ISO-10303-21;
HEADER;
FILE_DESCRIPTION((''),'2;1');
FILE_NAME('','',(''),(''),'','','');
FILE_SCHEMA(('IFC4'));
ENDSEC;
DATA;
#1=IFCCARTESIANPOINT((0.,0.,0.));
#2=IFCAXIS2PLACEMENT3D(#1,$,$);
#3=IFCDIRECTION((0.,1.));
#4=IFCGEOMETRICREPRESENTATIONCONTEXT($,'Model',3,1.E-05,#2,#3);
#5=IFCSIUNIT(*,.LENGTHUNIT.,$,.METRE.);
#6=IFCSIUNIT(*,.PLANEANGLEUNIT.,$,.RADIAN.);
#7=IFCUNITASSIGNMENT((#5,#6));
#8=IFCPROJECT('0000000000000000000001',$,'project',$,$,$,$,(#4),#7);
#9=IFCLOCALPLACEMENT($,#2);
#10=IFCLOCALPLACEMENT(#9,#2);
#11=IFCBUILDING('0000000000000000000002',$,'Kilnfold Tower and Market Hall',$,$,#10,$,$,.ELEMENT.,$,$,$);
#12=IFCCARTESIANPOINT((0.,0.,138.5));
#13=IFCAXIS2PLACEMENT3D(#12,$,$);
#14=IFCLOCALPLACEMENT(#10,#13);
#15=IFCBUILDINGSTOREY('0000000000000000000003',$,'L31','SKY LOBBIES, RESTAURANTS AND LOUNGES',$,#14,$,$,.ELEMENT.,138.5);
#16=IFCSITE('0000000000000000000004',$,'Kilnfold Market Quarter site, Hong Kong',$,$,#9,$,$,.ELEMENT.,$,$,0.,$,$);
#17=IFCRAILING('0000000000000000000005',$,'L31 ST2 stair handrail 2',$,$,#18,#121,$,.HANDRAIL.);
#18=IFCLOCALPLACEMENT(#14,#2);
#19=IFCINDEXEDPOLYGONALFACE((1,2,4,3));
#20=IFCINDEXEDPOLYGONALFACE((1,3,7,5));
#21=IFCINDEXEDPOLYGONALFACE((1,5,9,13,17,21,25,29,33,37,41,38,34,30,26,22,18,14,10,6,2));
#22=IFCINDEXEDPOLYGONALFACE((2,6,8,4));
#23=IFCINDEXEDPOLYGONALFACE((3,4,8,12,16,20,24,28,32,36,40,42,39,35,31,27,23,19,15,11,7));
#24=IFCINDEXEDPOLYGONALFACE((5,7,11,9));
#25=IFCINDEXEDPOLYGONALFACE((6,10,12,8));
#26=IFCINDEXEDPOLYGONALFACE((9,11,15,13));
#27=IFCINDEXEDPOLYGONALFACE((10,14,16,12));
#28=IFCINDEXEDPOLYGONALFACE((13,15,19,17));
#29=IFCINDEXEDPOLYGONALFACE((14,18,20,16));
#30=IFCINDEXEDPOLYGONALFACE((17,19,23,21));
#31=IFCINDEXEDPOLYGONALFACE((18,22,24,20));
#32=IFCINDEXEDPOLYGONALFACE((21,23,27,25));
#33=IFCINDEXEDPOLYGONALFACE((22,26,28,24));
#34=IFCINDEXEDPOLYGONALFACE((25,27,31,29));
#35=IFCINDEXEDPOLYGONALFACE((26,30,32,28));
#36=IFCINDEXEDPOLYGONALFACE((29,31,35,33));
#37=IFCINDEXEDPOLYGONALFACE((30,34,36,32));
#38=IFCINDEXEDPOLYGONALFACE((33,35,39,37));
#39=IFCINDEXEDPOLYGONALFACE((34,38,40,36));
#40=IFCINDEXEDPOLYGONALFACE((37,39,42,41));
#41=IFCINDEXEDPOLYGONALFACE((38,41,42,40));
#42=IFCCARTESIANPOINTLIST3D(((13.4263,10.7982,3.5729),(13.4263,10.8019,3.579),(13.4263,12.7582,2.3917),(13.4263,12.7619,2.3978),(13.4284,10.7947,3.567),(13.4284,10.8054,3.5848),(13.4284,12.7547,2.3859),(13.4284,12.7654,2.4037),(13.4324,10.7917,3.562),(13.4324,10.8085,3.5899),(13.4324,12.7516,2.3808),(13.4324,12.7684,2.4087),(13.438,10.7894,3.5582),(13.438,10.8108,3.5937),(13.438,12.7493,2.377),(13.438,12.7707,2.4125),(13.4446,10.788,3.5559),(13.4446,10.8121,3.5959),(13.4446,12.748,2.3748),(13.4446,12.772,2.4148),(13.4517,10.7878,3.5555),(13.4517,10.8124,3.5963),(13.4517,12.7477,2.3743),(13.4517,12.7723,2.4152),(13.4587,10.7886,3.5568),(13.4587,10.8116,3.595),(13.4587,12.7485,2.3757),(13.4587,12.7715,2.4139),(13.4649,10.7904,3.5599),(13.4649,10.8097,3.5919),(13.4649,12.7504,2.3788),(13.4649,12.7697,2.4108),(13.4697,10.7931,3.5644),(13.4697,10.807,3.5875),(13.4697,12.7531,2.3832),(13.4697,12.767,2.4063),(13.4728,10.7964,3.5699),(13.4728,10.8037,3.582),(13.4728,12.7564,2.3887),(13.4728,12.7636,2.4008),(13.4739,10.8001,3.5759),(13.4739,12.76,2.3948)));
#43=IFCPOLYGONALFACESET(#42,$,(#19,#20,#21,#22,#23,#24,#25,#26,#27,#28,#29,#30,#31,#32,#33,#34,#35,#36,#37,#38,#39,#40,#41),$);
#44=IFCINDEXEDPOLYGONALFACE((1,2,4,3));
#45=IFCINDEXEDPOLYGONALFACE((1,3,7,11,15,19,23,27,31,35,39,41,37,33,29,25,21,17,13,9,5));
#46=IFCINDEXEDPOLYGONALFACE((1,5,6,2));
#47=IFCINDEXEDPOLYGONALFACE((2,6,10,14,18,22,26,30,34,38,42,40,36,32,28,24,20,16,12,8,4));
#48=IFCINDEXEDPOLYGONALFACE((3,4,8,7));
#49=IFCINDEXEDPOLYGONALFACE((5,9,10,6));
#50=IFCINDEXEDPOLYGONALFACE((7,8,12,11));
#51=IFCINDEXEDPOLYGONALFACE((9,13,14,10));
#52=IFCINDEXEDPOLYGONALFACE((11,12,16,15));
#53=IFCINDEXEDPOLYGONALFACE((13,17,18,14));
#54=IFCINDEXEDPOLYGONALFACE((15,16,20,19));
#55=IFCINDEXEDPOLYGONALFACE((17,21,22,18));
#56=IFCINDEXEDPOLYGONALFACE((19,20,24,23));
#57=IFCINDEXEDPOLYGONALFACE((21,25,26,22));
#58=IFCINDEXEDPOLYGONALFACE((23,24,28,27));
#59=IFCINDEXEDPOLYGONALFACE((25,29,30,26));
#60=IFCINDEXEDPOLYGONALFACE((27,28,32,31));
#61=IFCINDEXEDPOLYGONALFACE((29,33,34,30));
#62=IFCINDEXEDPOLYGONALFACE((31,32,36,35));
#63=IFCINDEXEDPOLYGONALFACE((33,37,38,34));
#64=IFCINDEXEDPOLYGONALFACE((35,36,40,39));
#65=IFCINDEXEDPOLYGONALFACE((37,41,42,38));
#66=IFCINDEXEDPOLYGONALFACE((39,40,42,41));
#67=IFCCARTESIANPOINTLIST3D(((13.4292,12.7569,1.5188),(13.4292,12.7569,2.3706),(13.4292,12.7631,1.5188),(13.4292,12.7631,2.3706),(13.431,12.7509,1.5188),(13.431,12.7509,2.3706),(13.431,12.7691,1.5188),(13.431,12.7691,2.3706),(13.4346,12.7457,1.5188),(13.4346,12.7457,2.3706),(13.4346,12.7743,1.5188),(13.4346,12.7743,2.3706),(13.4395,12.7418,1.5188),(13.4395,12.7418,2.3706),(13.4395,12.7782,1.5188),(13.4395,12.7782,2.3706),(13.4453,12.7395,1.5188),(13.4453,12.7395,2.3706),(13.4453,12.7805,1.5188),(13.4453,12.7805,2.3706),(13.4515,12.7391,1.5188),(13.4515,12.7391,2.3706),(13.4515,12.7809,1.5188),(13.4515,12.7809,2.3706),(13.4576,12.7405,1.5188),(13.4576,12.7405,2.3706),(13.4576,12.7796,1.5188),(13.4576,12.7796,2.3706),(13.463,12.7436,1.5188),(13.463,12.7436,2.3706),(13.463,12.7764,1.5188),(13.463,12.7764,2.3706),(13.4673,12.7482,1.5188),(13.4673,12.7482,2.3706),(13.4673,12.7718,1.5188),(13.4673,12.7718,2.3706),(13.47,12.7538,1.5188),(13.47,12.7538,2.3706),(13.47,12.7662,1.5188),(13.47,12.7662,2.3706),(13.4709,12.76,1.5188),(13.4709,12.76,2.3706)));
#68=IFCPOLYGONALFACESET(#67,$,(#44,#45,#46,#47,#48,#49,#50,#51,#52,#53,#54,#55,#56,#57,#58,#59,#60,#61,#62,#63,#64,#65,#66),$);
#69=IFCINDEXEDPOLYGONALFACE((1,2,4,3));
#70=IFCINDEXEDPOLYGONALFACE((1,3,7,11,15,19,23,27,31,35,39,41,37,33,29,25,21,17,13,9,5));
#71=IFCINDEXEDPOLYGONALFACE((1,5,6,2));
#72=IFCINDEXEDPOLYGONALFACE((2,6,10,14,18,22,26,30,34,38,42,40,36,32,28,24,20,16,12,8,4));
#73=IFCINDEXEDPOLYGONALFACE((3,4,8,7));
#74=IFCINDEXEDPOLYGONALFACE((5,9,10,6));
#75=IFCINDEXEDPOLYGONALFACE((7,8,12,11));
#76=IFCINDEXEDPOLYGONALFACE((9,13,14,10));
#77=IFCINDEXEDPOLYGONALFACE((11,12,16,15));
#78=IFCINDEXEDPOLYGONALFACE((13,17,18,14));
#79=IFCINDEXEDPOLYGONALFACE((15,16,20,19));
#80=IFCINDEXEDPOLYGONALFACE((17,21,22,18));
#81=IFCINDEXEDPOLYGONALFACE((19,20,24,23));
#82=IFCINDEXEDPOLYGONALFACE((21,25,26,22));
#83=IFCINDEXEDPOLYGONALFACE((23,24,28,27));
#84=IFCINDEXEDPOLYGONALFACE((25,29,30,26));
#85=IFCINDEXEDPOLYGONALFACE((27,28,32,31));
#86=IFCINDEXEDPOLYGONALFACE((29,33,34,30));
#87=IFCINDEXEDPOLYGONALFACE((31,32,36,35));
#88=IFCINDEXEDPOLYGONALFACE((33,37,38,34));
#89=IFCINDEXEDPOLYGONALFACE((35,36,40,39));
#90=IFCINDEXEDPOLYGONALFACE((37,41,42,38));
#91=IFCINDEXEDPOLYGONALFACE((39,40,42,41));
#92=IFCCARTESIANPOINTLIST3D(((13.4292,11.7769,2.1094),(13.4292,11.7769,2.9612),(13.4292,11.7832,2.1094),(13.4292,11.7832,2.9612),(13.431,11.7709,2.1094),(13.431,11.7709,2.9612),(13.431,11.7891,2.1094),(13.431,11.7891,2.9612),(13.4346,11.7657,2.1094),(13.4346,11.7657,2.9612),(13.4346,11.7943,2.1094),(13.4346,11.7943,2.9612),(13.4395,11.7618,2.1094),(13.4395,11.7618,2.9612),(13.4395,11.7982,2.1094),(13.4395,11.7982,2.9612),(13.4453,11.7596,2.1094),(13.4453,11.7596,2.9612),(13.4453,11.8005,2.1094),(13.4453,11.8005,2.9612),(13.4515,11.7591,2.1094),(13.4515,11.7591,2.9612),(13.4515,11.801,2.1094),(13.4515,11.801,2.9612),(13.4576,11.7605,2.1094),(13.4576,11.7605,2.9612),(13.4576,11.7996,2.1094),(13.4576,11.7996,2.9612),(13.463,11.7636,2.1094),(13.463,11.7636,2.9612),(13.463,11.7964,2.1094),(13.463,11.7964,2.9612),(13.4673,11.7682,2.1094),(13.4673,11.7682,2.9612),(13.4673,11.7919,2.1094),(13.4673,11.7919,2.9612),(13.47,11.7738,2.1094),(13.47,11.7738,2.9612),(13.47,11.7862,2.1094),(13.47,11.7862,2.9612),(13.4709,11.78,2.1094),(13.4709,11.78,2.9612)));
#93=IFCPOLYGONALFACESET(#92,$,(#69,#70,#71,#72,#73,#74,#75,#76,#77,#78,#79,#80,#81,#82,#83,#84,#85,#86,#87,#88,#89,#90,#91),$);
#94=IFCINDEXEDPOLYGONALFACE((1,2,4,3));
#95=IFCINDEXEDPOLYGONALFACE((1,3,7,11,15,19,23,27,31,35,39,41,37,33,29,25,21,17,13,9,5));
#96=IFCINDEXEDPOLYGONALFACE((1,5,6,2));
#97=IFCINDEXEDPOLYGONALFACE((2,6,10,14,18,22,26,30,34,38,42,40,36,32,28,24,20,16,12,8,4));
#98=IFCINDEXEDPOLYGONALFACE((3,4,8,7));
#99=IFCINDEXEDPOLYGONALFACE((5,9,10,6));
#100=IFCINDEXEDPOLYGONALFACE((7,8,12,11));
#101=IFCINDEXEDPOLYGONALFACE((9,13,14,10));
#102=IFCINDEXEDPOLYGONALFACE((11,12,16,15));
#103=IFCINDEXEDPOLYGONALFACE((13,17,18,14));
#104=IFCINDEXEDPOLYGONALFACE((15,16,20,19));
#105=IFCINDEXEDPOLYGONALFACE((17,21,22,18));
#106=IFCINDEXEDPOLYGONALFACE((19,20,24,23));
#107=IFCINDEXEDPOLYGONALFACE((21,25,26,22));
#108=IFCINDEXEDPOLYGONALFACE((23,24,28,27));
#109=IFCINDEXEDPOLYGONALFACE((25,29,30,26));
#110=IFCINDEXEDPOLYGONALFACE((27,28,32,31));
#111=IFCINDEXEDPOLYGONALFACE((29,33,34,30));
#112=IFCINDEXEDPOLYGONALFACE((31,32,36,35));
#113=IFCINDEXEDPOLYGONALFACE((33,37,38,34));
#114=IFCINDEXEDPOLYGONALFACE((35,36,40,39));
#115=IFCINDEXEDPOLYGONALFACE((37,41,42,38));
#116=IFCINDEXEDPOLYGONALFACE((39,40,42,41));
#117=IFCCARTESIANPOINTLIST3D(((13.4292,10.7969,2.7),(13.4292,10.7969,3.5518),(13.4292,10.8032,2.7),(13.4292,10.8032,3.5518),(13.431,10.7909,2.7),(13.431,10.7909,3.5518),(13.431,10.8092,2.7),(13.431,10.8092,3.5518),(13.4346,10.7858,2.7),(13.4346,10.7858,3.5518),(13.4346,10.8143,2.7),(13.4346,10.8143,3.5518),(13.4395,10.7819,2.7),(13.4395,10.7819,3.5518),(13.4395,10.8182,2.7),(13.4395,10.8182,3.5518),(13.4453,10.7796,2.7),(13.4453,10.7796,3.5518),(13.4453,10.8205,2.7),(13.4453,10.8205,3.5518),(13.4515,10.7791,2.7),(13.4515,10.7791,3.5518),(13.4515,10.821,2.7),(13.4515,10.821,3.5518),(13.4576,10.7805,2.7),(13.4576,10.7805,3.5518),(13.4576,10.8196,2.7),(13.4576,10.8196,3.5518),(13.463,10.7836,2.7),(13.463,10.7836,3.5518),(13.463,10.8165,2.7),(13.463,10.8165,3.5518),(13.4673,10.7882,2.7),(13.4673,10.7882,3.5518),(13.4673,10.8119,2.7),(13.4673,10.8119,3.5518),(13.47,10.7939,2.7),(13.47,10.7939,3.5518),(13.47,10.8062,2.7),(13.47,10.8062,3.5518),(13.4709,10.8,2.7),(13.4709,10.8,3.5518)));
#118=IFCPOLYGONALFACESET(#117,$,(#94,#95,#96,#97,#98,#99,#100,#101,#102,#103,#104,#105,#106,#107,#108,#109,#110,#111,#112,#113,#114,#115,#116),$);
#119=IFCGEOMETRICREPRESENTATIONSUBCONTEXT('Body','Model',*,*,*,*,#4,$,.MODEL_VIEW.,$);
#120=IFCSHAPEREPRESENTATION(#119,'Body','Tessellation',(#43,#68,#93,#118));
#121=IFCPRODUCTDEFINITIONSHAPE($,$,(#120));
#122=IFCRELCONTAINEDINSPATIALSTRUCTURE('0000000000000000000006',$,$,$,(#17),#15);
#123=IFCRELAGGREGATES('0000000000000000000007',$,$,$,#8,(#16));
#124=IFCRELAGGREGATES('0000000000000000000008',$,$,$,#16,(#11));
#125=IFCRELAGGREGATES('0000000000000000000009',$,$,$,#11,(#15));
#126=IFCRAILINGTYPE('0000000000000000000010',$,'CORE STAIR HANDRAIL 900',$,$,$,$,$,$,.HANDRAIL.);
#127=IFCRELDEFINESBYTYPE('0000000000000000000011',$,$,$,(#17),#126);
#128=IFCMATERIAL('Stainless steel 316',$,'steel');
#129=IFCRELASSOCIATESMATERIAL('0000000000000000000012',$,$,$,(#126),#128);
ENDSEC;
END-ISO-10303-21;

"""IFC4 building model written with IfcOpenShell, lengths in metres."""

from ifc_helpers import new_model, si_unit, direction, frame, origin, origin_2d, place, context, subcontext, project, spatial, circle, extrude, material, type_object, element, save


model = new_model("IFC4")

# Units and contexts
model_context = context("Model", 3, precision=1e-05, world=origin(), true_north=direction((0.0, 1.0)))
body_context = subcontext(model_context, "Body", "Model", "MODEL_VIEW")
ifc_project = project(units=[si_unit("LENGTHUNIT", "METRE"), si_unit("PLANEANGLEUNIT", "RADIAN")], contexts=[model_context])

# Site, building, storey
site_placement = place(None, origin())
site = spatial("IfcSite", under=ifc_project, at=site_placement, Name="Kilnfold Market Quarter site, Hong Kong", CompositionType="ELEMENT", RefElevation=0.0)
building_placement = place(site_placement, origin())
building = spatial("IfcBuilding", under=site, at=building_placement, Name="Kilnfold Tower and Market Hall", CompositionType="ELEMENT")
storey_placement = place(building_placement, frame((0.0, 0.0, 138.5)))
storey = spatial("IfcBuildingStorey", under=building, at=storey_placement, Name="L31", Description="SKY LOBBIES, RESTAURANTS AND LOUNGES", CompositionType="ELEMENT", Elevation=138.5)

# Railing
ifc_material_1 = material(Name="Stainless steel 316", Category="steel")
railing_type_1 = type_object("IfcRailingType", Name="CORE STAIR HANDRAIL 900", PredefinedType="HANDRAIL", material=ifc_material_1)
railing_1_placement = place(storey_placement, frame((13.45, 12.76, 1.5188)))
element("IfcRailing", 1, at=railing_1_placement, inside=storey, type_object=railing_type_1, Name="L31 ST2 stair handrail 2", PredefinedType="HANDRAIL", context=body_context, shape_type="SweptSolid", body=[
    extrude(circle(Radius=0.0239, at=origin_2d()), frame((0.0, 0.0, 0.876), z_axis=(0.0, -0.856493, 0.516158), x_axis=(1.0, 0.0, 0.0)), (0.0, 0.0, 1.0), 2.2883),
    extrude(circle(Radius=0.021, at=origin_2d()), origin(), (0.0, 0.0, 1.0), 0.8518),
    extrude(circle(Radius=0.021, at=origin_2d()), frame((0.0, -0.98, 0.5906)), (0.0, 0.0, 1.0), 0.8518),
    extrude(circle(Radius=0.021, at=origin_2d()), frame((0.0, -1.96, 1.1812)), (0.0, 0.0, 1.0), 0.8518),
])

save(model, "model.ifc")
